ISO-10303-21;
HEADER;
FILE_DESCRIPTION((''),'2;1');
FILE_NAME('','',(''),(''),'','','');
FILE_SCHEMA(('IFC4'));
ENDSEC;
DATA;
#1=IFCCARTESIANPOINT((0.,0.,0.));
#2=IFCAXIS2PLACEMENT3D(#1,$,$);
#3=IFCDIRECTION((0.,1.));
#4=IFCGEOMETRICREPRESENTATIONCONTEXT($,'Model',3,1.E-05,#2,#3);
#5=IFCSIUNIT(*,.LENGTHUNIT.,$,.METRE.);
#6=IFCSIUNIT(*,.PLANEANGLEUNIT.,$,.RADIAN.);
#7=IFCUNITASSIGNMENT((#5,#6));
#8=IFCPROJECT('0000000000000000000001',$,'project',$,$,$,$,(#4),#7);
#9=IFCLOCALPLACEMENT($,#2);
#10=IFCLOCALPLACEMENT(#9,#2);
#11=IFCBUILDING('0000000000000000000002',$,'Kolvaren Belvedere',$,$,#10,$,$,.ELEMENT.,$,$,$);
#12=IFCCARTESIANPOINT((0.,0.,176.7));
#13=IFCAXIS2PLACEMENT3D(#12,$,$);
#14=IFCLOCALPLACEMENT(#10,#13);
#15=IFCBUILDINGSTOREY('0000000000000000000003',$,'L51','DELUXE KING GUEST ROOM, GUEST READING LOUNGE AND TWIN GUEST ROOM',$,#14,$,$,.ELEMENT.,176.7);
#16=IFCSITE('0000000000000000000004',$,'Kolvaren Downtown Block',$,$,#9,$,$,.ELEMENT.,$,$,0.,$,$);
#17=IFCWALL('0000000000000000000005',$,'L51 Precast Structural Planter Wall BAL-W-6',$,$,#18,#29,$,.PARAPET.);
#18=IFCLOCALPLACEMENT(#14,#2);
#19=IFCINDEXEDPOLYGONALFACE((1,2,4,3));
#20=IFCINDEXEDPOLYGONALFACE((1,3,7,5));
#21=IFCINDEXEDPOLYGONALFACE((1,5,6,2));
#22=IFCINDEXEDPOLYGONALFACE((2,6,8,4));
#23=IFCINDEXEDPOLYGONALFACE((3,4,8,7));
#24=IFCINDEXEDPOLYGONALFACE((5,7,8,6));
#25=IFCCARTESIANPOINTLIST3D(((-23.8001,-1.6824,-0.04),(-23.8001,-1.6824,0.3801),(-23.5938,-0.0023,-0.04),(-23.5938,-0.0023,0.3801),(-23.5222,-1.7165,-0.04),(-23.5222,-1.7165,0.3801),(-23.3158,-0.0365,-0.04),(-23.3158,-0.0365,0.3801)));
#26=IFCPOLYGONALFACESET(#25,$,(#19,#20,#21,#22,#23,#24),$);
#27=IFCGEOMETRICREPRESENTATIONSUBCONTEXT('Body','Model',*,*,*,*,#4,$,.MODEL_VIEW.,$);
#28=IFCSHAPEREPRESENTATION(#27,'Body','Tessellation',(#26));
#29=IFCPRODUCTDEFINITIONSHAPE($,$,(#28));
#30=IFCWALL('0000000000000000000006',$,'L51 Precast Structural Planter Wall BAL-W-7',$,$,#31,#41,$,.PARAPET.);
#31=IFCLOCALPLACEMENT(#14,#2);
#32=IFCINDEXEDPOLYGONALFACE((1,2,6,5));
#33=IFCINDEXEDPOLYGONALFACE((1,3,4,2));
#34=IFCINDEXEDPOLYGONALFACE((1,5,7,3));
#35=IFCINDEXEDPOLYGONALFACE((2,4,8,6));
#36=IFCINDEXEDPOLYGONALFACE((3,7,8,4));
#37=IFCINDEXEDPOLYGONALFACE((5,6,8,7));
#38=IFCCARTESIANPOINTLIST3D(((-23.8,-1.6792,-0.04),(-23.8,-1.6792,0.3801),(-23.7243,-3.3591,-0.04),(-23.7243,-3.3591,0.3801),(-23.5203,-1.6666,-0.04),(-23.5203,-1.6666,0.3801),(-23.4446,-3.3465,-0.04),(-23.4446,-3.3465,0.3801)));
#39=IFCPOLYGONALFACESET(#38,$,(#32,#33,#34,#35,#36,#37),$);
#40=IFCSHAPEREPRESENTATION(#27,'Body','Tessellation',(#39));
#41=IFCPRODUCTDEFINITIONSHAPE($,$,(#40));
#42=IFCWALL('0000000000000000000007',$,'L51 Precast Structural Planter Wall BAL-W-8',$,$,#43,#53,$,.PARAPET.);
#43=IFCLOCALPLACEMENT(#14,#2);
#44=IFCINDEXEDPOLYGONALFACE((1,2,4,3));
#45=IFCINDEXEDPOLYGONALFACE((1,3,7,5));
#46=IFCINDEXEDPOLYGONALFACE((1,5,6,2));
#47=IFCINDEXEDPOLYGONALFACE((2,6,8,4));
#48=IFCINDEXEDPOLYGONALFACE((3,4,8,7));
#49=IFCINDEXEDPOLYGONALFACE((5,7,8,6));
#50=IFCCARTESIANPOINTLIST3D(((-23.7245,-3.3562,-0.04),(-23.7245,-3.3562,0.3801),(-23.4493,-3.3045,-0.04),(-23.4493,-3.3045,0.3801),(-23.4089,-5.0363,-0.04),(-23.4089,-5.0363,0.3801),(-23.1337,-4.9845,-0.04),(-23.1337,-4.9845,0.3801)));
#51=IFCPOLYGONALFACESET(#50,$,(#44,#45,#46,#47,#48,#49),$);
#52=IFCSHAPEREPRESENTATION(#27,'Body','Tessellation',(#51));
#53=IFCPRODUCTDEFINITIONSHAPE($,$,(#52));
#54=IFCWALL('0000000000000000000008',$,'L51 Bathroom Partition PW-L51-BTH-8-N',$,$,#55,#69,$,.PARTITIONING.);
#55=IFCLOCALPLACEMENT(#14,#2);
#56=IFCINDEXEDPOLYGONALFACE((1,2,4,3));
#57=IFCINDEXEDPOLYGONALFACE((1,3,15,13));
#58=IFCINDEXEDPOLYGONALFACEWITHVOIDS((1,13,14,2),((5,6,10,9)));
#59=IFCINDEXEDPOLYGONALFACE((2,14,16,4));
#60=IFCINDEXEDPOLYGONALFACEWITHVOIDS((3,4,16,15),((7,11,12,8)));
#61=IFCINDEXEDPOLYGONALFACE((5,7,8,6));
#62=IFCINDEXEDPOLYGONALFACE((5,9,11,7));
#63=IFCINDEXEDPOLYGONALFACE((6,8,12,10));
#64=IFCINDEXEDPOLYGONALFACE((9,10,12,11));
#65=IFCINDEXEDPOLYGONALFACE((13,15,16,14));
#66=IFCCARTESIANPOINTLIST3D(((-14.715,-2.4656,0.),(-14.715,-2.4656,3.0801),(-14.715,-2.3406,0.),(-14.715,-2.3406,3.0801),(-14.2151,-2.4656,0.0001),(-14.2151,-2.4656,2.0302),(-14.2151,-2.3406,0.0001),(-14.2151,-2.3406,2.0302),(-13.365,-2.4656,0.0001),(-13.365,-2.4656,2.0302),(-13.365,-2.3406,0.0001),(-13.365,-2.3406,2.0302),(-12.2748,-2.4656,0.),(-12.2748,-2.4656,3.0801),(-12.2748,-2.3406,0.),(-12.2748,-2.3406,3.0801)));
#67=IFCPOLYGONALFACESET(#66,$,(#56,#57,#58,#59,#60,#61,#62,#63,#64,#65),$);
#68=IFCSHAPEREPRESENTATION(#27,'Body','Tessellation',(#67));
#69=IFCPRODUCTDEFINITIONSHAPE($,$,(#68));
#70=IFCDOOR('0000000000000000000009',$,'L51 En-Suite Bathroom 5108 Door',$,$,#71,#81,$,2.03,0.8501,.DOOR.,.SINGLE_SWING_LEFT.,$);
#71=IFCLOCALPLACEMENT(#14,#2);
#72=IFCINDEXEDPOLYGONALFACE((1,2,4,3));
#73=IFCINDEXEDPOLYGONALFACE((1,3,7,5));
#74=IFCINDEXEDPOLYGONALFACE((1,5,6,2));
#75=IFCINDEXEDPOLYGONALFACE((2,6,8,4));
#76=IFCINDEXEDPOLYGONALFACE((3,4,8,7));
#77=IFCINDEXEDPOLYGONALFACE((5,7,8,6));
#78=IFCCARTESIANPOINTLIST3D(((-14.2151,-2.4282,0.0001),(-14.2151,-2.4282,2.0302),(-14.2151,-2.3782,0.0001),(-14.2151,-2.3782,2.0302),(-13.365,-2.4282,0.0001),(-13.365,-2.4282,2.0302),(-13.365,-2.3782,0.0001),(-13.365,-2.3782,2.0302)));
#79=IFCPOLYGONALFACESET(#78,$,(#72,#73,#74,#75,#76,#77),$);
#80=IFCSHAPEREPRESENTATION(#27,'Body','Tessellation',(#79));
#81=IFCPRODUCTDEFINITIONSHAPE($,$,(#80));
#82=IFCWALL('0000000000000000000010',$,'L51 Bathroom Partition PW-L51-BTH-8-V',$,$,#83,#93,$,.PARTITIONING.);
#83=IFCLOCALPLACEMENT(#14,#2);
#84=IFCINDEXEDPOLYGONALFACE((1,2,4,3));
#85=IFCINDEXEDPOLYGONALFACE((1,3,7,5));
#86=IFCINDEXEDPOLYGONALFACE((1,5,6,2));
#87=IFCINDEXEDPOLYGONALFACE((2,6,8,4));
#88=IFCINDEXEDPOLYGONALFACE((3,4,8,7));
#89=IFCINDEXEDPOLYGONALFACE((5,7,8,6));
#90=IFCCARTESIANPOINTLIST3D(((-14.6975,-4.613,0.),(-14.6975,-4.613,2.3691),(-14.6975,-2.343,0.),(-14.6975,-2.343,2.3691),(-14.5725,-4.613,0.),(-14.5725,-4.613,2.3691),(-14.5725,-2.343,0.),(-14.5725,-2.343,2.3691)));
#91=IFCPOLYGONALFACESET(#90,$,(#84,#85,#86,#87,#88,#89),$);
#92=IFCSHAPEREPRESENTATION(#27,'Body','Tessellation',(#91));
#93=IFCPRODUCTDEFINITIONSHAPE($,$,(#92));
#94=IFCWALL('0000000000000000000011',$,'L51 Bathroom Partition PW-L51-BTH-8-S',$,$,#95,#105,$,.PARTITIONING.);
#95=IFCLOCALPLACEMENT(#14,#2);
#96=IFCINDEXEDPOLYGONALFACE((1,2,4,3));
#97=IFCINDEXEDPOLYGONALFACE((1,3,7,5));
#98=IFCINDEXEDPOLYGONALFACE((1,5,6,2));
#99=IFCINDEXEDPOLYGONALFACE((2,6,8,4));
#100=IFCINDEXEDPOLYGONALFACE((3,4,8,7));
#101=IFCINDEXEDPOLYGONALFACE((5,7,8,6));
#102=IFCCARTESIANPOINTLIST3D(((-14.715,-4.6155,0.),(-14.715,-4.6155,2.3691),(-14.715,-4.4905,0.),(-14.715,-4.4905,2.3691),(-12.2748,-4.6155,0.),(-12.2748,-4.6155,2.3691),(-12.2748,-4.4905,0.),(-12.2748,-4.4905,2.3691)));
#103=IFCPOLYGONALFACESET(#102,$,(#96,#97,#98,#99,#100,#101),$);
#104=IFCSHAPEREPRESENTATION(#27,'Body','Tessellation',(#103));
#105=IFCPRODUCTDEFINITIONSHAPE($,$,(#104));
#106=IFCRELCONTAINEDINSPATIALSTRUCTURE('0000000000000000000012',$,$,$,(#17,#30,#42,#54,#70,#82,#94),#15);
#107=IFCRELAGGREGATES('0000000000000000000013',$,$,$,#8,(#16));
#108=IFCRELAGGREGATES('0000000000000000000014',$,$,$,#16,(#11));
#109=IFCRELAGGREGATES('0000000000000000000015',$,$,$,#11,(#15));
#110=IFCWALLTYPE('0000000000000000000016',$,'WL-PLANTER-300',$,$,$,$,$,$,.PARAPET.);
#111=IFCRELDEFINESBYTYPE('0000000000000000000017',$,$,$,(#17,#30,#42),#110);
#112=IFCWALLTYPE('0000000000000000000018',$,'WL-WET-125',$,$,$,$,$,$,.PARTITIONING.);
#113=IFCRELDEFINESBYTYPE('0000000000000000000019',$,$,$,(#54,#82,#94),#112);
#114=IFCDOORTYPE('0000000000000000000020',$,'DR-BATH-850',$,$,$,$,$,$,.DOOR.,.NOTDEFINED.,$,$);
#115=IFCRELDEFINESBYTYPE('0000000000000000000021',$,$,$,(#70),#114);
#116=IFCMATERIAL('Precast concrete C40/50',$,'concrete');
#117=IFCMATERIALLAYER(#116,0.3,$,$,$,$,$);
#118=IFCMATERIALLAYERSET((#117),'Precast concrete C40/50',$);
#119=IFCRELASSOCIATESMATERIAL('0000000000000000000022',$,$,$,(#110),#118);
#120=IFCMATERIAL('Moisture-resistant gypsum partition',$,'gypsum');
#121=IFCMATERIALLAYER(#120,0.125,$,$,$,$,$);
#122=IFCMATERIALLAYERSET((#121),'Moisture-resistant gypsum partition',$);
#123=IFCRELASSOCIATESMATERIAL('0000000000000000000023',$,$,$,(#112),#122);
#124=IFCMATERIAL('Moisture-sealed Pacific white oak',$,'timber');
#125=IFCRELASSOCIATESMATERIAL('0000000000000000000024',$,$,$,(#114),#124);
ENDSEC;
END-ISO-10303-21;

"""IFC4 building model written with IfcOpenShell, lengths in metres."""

from ifc_helpers import new_model, si_unit, direction, frame, frame_2d, origin, place, context, subcontext, project, spatial, rectangle, extrude, material, layer, layer_set, type_object, element, fill, save


model = new_model("IFC4")

# Units and contexts
model_context = context("Model", 3, precision=1e-05, world=origin(), true_north=direction((0.0, 1.0)))
body_context = subcontext(model_context, "Body", "Model", "MODEL_VIEW")
ifc_project = project(units=[si_unit("LENGTHUNIT", "METRE"), si_unit("PLANEANGLEUNIT", "RADIAN")], contexts=[model_context])

# Site, building, storey
site_placement = place(None, origin())
site = spatial("IfcSite", under=ifc_project, at=site_placement, Name="Kolvaren Downtown Block", CompositionType="ELEMENT", RefElevation=0.0)
building_placement = place(site_placement, origin())
building = spatial("IfcBuilding", under=site, at=building_placement, Name="Kolvaren Belvedere", CompositionType="ELEMENT")
storey_placement = place(building_placement, frame((0.0, 0.0, 176.7)))
storey = spatial("IfcBuildingStorey", under=building, at=storey_placement, Name="L51", Description="DELUXE KING GUEST ROOM, GUEST READING LOUNGE AND TWIN GUEST ROOM", CompositionType="ELEMENT", Elevation=176.7)

# Walls
ifc_material_1 = material(Name="Precast concrete C40/50", Category="concrete")
ifc_layer_1 = layer(ifc_material_1, 0.3)
ifc_layer_set_1 = layer_set([ifc_layer_1], Name="Precast concrete C40/50")
wall_type_1 = type_object("IfcWallType", Name="WL-PLANTER-300", PredefinedType="PARAPET", material=ifc_layer_set_1)
wall_1_placement = place(storey_placement, frame((-23.4548, -0.0195, -0.04), z_axis=(0.0, 0.0, 1.0), x_axis=(-0.121886, -0.992544, 0.0)))
element("IfcWall", 1, at=wall_1_placement, inside=storey, type_object=wall_type_1, Name="L51 Precast Structural Planter Wall BAL-W-6", PredefinedType="PARAPET", context=body_context, shape_type="SweptSolid", body=[
    extrude(rectangle(XDim=1.6926, YDim=0.28, at=frame_2d((0.8462, 0.0))), origin(), (0.0, 0.0, 1.0), 0.4202),
])
wall_2_placement = place(storey_placement, frame((-23.6602, -1.6729, -0.04), z_axis=(0.0, 0.0, 1.0), x_axis=(0.045006, -0.998987, 0.0)))
element("IfcWall", 2, at=wall_2_placement, inside=storey, type_object=wall_type_1, Name="L51 Precast Structural Planter Wall BAL-W-7", PredefinedType="PARAPET", context=body_context, shape_type="SweptSolid", body=[
    extrude(rectangle(XDim=1.6816, YDim=0.28, at=frame_2d((0.8408, 0.0))), origin(), (0.0, 0.0, 1.0), 0.4202),
])
wall_3_placement = place(storey_placement, frame((-23.5869, -3.3303, -0.04), z_axis=(0.0, 0.0, 1.0), x_axis=(0.184651, -0.982804, 0.0)))
element("IfcWall", 3, at=wall_3_placement, inside=storey, type_object=wall_type_1, Name="L51 Precast Structural Planter Wall BAL-W-8", PredefinedType="PARAPET", context=body_context, shape_type="SweptSolid", body=[
    extrude(rectangle(XDim=1.7095, YDim=0.28, at=frame_2d((0.8547, 0.0))), origin(), (0.0, 0.0, 1.0), 0.4202),
])

# Wall, opening, door
ifc_material_2 = material(Name="Moisture-resistant gypsum partition", Category="gypsum")
ifc_layer_2 = layer(ifc_material_2, 0.125)
ifc_layer_set_2 = layer_set([ifc_layer_2], Name="Moisture-resistant gypsum partition")
wall_type_2 = type_object("IfcWallType", Name="WL-WET-125", PredefinedType="PARTITIONING", material=ifc_layer_set_2)
wall_4_placement = place(storey_placement, frame((-14.7151, -2.4031, 0.0), z_axis=(0.0, 0.0, 1.0), x_axis=(1.0, 0.0, 0.0)))
wall_4 = element("IfcWall", 4, at=wall_4_placement, inside=storey, type_object=wall_type_2, Name="L51 Bathroom Partition PW-L51-BTH-8-N", PredefinedType="PARTITIONING", context=body_context, shape_type="SweptSolid", body=[
    extrude(rectangle(XDim=2.4402, YDim=0.125, at=frame_2d((1.2202, 0.0))), origin(), (0.0, 0.0, 1.0), 3.0801),
])
opening_1_placement = place(wall_4_placement, frame((0.5, 0.0, 0.0)))
opening_1 = element("IfcOpeningElement", 5, at=opening_1_placement, cuts=wall_4, PredefinedType="OPENING", context=body_context, shape_type="SweptSolid", body=[
    extrude(rectangle(XDim=0.8501, YDim=2.03, at=frame_2d((0.425, 1.0151))), frame((0.0, 0.0725, 0.0), z_axis=(0.0, -1.0, 0.0), x_axis=(1.0, 0.0, 0.0)), (0.0, 0.0, 1.0), 0.145),
])
ifc_material_3 = material(Name="Moisture-sealed Pacific white oak", Category="timber")
door_type_1 = type_object("IfcDoorType", Name="DR-BATH-850", OperationType="NOTDEFINED", PredefinedType="DOOR", material=ifc_material_3)
door_1_placement = place(opening_1_placement, origin())
door_1 = element("IfcDoor", 6, at=door_1_placement, inside=storey, type_object=door_type_1, Name="L51 En-Suite Bathroom 5108 Door", OperationType="SINGLE_SWING_LEFT", OverallHeight=2.03, OverallWidth=0.8501, PredefinedType="DOOR", context=body_context, shape_type="SweptSolid", body=[
    extrude(rectangle(XDim=0.8501, YDim=2.03, at=frame_2d((0.425, 1.0151))), frame((0.0, 0.0249, 0.0), z_axis=(0.0, -1.0, 0.0), x_axis=(1.0, 0.0, 0.0)), (0.0, 0.0, 1.0), 0.05),
])
fill(opening_1, door_1)

# Walls
wall_5_placement = place(storey_placement, frame((-14.635, -4.613, 0.0), z_axis=(0.0, 0.0, 1.0), x_axis=(0.0, 1.0, 0.0)))
element("IfcWall", 7, at=wall_5_placement, inside=storey, type_object=wall_type_2, Name="L51 Bathroom Partition PW-L51-BTH-8-V", PredefinedType="PARTITIONING", context=body_context, shape_type="SweptSolid", body=[
    extrude(rectangle(XDim=2.27, YDim=0.125, at=frame_2d((1.135, 0.0))), origin(), (0.0, 0.0, 1.0), 2.3691),
])
wall_6_placement = place(storey_placement, frame((-14.7151, -4.553, 0.0), z_axis=(0.0, 0.0, 1.0), x_axis=(1.0, 0.0, 0.0)))
element("IfcWall", 8, at=wall_6_placement, inside=storey, type_object=wall_type_2, Name="L51 Bathroom Partition PW-L51-BTH-8-S", PredefinedType="PARTITIONING", context=body_context, shape_type="SweptSolid", body=[
    extrude(rectangle(XDim=2.4402, YDim=0.125, at=frame_2d((1.2202, 0.0))), origin(), (0.0, 0.0, 1.0), 2.3691),
])

save(model, "model.ifc")
